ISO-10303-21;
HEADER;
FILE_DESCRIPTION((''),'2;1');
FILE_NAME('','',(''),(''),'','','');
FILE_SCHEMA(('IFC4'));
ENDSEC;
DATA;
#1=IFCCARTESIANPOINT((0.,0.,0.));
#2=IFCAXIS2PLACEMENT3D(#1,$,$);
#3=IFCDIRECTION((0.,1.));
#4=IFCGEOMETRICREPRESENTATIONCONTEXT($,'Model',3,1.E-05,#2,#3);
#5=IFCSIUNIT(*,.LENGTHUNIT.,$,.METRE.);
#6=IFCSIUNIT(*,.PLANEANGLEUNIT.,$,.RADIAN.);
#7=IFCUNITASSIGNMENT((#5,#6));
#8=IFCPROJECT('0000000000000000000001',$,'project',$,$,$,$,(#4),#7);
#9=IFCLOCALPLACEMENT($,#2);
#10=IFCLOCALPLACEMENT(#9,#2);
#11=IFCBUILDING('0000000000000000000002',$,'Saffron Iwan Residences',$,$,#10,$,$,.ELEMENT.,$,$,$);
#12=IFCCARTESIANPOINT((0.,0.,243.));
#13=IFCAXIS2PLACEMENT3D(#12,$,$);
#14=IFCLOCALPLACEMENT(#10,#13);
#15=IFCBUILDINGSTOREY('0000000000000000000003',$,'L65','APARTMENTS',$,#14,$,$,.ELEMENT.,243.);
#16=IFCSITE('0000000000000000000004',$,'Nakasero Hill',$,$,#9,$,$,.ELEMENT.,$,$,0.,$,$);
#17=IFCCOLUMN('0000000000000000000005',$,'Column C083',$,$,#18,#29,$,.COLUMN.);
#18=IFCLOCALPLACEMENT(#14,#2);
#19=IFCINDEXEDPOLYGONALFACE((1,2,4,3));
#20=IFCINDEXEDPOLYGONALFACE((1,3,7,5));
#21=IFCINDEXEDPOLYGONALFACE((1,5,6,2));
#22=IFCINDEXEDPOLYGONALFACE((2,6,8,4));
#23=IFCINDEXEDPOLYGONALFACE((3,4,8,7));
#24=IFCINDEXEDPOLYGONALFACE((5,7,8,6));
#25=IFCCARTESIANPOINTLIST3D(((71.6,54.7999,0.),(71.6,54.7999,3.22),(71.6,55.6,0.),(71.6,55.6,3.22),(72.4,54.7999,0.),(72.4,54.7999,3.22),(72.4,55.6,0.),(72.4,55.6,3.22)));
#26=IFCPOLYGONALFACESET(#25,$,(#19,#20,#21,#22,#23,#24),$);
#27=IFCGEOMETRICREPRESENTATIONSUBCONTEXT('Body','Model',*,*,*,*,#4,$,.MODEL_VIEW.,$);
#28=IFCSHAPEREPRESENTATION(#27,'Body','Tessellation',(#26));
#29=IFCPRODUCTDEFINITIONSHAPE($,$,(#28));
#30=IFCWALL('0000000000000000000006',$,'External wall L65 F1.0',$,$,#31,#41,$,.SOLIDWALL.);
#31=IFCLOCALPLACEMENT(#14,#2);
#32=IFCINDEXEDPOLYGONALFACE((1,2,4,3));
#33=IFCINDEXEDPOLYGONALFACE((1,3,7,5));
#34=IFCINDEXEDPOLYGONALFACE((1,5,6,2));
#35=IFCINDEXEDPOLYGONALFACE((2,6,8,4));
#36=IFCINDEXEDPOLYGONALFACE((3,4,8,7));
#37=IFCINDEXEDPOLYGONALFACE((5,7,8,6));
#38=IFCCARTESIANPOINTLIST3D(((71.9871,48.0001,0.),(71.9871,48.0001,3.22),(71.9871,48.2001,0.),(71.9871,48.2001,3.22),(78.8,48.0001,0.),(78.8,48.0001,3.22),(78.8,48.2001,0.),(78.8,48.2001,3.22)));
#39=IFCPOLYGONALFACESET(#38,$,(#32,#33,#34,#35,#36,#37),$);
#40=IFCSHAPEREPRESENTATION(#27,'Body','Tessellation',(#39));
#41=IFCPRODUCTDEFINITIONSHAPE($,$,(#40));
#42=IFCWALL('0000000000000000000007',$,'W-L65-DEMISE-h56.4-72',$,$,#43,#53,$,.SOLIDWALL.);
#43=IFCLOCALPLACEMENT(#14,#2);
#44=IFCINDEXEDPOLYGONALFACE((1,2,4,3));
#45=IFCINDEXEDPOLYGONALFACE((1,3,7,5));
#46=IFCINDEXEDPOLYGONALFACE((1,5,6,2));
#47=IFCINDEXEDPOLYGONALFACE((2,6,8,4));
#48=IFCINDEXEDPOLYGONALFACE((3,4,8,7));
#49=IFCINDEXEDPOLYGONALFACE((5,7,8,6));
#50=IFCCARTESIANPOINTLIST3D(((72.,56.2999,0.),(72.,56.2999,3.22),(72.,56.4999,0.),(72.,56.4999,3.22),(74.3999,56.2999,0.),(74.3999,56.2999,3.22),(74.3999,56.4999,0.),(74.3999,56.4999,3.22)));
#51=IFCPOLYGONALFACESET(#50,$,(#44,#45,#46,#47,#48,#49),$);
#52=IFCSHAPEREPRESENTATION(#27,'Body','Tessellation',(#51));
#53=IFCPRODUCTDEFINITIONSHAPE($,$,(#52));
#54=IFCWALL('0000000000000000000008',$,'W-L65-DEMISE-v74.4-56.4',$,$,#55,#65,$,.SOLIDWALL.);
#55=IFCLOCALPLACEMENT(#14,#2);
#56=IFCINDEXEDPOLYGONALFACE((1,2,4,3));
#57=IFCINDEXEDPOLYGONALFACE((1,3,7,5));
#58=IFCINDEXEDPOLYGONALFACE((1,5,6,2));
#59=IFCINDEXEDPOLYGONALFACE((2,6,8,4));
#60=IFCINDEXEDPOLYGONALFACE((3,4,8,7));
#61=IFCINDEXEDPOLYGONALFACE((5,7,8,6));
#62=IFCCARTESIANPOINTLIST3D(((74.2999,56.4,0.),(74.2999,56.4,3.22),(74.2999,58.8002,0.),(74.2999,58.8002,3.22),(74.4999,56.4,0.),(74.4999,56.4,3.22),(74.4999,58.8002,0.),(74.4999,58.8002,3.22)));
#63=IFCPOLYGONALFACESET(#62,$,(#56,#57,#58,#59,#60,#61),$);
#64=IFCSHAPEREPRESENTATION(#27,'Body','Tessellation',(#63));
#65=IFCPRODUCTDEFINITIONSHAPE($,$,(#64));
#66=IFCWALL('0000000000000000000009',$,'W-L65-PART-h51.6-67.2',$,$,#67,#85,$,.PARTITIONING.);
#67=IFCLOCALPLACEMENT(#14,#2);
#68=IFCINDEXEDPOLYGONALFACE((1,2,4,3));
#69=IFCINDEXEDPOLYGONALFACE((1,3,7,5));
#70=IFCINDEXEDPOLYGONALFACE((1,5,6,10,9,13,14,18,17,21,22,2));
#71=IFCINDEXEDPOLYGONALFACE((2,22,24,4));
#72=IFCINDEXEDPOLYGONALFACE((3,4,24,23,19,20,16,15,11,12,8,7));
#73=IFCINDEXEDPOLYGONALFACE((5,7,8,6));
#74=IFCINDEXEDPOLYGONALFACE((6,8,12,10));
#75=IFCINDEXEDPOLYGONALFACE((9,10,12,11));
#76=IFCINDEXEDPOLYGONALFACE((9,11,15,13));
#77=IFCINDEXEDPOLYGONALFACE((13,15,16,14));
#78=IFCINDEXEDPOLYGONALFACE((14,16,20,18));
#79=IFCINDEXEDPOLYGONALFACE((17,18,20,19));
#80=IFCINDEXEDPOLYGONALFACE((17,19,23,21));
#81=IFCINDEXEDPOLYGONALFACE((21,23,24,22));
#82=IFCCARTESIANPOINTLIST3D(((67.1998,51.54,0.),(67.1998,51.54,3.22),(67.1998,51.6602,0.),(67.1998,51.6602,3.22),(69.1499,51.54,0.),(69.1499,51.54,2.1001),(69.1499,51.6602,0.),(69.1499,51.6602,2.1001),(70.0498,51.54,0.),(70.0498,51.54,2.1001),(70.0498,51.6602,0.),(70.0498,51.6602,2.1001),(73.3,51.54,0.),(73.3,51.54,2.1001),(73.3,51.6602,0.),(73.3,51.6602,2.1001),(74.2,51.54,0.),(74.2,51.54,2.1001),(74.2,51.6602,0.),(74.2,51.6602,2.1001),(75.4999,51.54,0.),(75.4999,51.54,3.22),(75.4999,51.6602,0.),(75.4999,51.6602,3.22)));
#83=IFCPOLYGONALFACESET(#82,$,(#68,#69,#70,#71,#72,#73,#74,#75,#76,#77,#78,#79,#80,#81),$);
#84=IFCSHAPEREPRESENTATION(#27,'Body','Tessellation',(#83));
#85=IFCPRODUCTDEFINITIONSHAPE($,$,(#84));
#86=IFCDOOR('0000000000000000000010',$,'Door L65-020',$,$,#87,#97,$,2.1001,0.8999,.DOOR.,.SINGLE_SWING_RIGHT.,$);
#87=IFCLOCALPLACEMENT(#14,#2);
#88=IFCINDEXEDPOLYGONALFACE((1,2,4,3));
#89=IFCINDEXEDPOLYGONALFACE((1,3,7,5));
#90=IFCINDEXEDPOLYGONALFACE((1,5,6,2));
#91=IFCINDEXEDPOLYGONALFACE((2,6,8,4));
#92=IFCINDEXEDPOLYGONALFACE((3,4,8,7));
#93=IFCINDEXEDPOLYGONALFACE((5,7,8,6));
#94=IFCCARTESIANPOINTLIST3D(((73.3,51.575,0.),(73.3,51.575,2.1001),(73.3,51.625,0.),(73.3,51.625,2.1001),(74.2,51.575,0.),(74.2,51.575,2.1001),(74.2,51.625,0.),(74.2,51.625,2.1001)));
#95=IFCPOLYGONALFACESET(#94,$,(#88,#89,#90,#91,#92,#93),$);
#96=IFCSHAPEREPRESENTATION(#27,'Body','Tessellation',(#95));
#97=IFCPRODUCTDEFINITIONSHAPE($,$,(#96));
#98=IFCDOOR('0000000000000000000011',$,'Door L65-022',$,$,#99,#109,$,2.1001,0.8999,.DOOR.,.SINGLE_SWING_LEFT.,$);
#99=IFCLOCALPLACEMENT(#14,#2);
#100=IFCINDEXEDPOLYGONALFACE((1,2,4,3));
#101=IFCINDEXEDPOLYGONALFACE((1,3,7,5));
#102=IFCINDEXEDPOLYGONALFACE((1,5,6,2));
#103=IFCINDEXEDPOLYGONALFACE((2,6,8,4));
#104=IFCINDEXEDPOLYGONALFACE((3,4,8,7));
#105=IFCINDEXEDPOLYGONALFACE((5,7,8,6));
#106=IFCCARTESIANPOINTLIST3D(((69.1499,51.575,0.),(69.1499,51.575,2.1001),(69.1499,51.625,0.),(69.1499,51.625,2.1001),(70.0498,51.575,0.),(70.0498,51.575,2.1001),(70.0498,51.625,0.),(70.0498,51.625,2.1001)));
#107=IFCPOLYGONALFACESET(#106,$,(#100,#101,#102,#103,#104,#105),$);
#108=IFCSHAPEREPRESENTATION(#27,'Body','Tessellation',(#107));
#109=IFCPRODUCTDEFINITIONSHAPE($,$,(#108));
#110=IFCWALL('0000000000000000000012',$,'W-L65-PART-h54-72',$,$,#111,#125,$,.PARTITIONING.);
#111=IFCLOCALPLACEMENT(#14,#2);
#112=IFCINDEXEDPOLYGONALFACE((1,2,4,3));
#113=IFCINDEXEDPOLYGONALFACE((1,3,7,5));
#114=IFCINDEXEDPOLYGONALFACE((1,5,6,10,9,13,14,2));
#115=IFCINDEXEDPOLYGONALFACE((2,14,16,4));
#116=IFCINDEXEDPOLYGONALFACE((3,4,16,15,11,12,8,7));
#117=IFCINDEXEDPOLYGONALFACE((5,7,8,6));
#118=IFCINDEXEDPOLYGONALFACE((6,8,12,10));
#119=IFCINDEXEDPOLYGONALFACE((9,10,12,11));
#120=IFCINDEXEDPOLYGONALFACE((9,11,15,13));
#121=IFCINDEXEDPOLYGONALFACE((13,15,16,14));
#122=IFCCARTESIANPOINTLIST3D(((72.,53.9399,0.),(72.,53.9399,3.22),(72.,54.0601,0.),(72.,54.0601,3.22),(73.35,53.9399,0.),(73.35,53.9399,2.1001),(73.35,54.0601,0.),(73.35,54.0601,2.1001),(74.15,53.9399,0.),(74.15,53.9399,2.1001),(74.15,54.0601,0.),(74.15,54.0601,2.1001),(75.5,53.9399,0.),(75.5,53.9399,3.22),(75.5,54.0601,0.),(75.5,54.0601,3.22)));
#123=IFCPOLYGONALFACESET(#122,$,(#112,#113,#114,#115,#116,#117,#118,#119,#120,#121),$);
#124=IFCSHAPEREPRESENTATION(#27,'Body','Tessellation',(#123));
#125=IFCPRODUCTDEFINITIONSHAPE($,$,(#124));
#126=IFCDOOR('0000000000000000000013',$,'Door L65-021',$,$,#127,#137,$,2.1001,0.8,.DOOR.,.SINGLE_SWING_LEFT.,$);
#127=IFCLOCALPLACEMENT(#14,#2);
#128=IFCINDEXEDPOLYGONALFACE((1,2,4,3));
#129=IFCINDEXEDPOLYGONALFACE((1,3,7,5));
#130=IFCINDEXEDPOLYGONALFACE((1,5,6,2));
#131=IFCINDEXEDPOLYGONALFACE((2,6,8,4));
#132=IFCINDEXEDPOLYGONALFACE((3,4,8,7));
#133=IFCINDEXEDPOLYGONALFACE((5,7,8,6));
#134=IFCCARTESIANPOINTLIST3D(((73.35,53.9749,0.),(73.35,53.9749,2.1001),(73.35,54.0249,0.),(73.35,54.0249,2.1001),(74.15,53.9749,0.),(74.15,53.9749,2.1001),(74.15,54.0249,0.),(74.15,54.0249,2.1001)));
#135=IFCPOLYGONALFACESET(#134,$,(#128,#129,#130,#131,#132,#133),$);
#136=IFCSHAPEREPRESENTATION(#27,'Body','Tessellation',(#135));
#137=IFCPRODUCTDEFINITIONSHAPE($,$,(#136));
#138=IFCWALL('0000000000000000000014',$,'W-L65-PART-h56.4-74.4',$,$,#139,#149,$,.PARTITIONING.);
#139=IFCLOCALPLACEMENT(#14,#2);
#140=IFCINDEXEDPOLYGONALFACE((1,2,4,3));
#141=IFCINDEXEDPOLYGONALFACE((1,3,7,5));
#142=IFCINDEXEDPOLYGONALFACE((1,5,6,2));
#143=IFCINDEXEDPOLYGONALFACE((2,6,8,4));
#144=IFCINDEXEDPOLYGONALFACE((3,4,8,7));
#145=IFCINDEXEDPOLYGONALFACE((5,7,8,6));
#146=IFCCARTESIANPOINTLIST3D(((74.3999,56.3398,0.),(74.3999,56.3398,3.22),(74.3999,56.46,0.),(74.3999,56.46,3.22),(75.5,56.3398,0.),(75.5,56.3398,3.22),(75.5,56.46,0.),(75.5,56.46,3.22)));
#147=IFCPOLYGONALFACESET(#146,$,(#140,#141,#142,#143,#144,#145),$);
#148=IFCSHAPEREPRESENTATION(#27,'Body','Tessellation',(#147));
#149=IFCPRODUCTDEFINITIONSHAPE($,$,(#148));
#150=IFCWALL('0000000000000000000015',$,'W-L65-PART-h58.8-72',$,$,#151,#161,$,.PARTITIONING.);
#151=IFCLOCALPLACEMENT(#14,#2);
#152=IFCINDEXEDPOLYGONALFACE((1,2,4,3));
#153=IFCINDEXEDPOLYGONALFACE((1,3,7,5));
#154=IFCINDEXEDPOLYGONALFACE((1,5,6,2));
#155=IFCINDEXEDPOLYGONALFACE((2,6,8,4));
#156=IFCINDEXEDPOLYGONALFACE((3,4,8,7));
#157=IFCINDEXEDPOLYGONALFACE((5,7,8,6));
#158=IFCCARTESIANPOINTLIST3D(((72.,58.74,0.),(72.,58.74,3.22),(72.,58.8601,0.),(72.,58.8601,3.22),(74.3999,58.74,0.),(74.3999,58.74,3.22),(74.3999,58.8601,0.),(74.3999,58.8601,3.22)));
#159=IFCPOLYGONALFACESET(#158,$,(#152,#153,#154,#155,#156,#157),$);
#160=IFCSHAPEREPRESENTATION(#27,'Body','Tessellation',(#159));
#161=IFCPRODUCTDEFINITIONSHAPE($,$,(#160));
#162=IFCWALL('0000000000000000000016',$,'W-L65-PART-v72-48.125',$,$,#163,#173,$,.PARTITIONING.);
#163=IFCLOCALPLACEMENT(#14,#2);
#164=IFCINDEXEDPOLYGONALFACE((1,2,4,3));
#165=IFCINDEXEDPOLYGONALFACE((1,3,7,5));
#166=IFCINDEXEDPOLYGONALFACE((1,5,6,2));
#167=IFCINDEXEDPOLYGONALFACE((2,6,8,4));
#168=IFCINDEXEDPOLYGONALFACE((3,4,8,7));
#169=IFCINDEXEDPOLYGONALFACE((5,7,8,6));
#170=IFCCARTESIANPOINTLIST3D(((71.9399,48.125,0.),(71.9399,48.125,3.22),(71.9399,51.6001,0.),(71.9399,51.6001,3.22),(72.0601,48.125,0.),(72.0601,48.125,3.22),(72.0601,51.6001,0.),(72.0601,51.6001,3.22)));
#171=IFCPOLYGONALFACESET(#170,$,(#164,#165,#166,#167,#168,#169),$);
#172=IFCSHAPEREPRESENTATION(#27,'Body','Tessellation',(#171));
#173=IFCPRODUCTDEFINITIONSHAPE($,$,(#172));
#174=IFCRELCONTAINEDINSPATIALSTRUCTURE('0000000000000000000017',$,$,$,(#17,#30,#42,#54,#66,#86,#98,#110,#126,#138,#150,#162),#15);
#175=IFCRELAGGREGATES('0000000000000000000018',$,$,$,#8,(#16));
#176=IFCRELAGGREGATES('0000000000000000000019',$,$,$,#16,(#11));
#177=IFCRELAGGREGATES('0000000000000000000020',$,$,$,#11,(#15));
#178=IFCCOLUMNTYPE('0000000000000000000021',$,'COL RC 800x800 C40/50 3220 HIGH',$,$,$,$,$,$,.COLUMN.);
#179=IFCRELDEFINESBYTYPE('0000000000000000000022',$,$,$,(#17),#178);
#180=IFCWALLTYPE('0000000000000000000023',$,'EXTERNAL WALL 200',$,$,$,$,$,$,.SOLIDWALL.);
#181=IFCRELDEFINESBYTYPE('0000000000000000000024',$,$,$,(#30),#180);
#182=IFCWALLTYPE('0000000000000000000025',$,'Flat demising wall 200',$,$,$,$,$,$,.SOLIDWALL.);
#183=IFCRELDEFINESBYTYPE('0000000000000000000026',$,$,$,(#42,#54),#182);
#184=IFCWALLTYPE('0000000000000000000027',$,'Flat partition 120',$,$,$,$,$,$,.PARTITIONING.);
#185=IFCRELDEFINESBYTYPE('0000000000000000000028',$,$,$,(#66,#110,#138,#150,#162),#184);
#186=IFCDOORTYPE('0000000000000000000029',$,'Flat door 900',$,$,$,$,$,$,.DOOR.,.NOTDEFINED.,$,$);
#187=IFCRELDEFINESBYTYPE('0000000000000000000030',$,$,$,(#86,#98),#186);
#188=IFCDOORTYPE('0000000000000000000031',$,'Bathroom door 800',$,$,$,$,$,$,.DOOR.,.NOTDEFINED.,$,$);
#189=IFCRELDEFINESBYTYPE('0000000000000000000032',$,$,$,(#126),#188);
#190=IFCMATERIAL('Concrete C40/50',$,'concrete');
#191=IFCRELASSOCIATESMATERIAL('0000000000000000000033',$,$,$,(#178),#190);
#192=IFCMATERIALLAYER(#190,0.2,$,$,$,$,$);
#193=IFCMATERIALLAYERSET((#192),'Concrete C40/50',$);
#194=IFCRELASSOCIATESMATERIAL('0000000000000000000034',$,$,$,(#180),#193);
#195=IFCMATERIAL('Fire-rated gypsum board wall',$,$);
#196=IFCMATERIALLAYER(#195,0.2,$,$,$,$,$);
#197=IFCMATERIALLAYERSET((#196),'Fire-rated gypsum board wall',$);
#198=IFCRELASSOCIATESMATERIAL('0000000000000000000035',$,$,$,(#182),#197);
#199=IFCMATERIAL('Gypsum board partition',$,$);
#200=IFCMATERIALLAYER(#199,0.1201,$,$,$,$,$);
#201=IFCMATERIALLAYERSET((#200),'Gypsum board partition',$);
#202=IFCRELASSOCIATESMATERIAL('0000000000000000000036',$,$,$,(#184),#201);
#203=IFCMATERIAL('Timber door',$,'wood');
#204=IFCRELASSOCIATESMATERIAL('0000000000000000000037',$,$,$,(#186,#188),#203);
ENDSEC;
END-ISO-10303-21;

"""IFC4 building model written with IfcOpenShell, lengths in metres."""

from ifc_helpers import new_model, si_unit, direction, frame, frame_2d, origin, origin_2d, place, context, subcontext, project, spatial, rectangle, extrude, source, transform, mapped, material, layer, layer_set, material_profile, profile_set, type_object, element, fill, save


model = new_model("IFC4")

# Units and contexts
model_context = context("Model", 3, precision=1e-05, world=origin(), true_north=direction((0.0, 1.0)))
body_context = subcontext(model_context, "Body", "Model", "MODEL_VIEW")
ifc_project = project(units=[si_unit("LENGTHUNIT", "METRE"), si_unit("PLANEANGLEUNIT", "RADIAN")], contexts=[model_context])

# Site, building, storey
site_placement = place(None, origin())
site = spatial("IfcSite", under=ifc_project, at=site_placement, Name="Nakasero Hill", CompositionType="ELEMENT", RefElevation=0.0)
building_placement = place(site_placement, origin())
building = spatial("IfcBuilding", under=site, at=building_placement, Name="Saffron Iwan Residences", CompositionType="ELEMENT")
storey_placement = place(building_placement, frame((0.0, 0.0, 243.0)))
storey = spatial("IfcBuildingStorey", under=building, at=storey_placement, Name="L65", Description="APARTMENTS", CompositionType="ELEMENT", Elevation=243.0)

# Column
ifc_material_1 = material(Name="Concrete C40/50", Category="concrete")
ifc_material_profile = material_profile(ifc_material_1, rectangle(XDim=0.8, YDim=0.8, at=origin_2d()), Name="RC 800x800")
ifc_profile_set = profile_set([ifc_material_profile], Name="Concrete C40/50")
column_type = type_object("IfcColumnType", Name="COL RC 800x800 C40/50 3220 HIGH", PredefinedType="COLUMN", material=ifc_profile_set)
shared_shape = source(origin(), body_context, "Body", "SweptSolid", [
    extrude(rectangle(XDim=0.8, YDim=0.8, at=origin_2d()), origin(), (0.0, 0.0, 1.0), 3.22),
])
column_placement = place(storey_placement, frame((72.0, 55.2, 0.0), z_axis=(0.0, 0.0, 1.0), x_axis=(1.0, 0.0, 0.0)))
element("IfcColumn", 1, at=column_placement, inside=storey, type_object=column_type, Name="Column C083", PredefinedType="COLUMN", context=body_context, shape_type="MappedRepresentation", body=[
    mapped(shared_shape, transform((0.0, 0.0, 0.0))),
])

# Walls
ifc_layer_1 = layer(ifc_material_1, 0.2)
ifc_layer_set_1 = layer_set([ifc_layer_1], Name="Concrete C40/50")
wall_type_1 = type_object("IfcWallType", Name="EXTERNAL WALL 200", PredefinedType="SOLIDWALL", material=ifc_layer_set_1)
wall_1_placement = place(storey_placement, frame((71.9871, 48.1001, 0.0), z_axis=(0.0, 0.0, 1.0), x_axis=(1.0, 0.0, 0.0)))
element("IfcWall", 2, at=wall_1_placement, inside=storey, type_object=wall_type_1, Name="External wall L65 F1.0", PredefinedType="SOLIDWALL", context=body_context, shape_type="SweptSolid", body=[
    extrude(rectangle(XDim=6.813, YDim=0.2, at=frame_2d((3.4065, 0.0))), origin(), (0.0, 0.0, 1.0), 3.22),
])
ifc_material_2 = material(Name="Fire-rated gypsum board wall")
ifc_layer_2 = layer(ifc_material_2, 0.2)
ifc_layer_set_2 = layer_set([ifc_layer_2], Name="Fire-rated gypsum board wall")
wall_type_2 = type_object("IfcWallType", Name="Flat demising wall 200", PredefinedType="SOLIDWALL", material=ifc_layer_set_2)
wall_2_placement = place(storey_placement, frame((72.0, 56.3999, 0.0), z_axis=(0.0, 0.0, 1.0), x_axis=(1.0, 0.0, 0.0)))
element("IfcWall", 3, at=wall_2_placement, inside=storey, type_object=wall_type_2, Name="W-L65-DEMISE-h56.4-72", PredefinedType="SOLIDWALL", context=body_context, shape_type="SweptSolid", body=[
    extrude(rectangle(XDim=2.3999, YDim=0.2, at=frame_2d((1.2, 0.0))), origin(), (0.0, 0.0, 1.0), 3.22),
])
wall_3_placement = place(storey_placement, frame((74.3999, 56.3999, 0.0), z_axis=(0.0, 0.0, 1.0), x_axis=(0.0, 1.0, 0.0)))
element("IfcWall", 4, at=wall_3_placement, inside=storey, type_object=wall_type_2, Name="W-L65-DEMISE-v74.4-56.4", PredefinedType="SOLIDWALL", context=body_context, shape_type="SweptSolid", body=[
    extrude(rectangle(XDim=2.4001, YDim=0.2, at=frame_2d((1.2002, 0.0))), origin(), (0.0, 0.0, 1.0), 3.22),
])

# Wall, openings, doors
ifc_material_3 = material(Name="Gypsum board partition")
ifc_layer_3 = layer(ifc_material_3, 0.1201)
ifc_layer_set_3 = layer_set([ifc_layer_3], Name="Gypsum board partition")
wall_type_3 = type_object("IfcWallType", Name="Flat partition 120", PredefinedType="PARTITIONING", material=ifc_layer_set_3)
wall_4_placement = place(storey_placement, frame((67.2, 51.6001, 0.0), z_axis=(0.0, 0.0, 1.0), x_axis=(1.0, 0.0, 0.0)))
wall_4 = element("IfcWall", 5, at=wall_4_placement, inside=storey, type_object=wall_type_3, Name="W-L65-PART-h51.6-67.2", PredefinedType="PARTITIONING", context=body_context, shape_type="SweptSolid", body=[
    extrude(rectangle(XDim=8.3, YDim=0.1201, at=frame_2d((4.1499, 0.0))), origin(), (0.0, 0.0, 1.0), 3.22),
])
opening_1_placement = place(wall_4_placement, frame((6.1001, 0.0, 0.0)))
opening_1 = element("IfcOpeningElement", 6, at=opening_1_placement, cuts=wall_4, PredefinedType="OPENING", context=body_context, shape_type="SweptSolid", body=[
    extrude(rectangle(XDim=0.8999, YDim=2.1001, at=frame_2d((0.45, 1.05))), frame((0.0, 0.0701, 0.0), z_axis=(0.0, -1.0, 0.0), x_axis=(1.0, 0.0, 0.0)), (0.0, 0.0, 1.0), 0.1401),
])
opening_2_placement = place(wall_4_placement, frame((1.95, 0.0, 0.0)))
opening_2 = element("IfcOpeningElement", 7, at=opening_2_placement, cuts=wall_4, PredefinedType="OPENING", context=body_context, shape_type="SweptSolid", body=[
    extrude(rectangle(XDim=0.8999, YDim=2.1001, at=frame_2d((0.45, 1.05))), frame((0.0, 0.0701, 0.0), z_axis=(0.0, -1.0, 0.0), x_axis=(1.0, 0.0, 0.0)), (0.0, 0.0, 1.0), 0.1401),
])
ifc_material_4 = material(Name="Timber door", Category="wood")
door_type_1 = type_object("IfcDoorType", Name="Flat door 900", OperationType="NOTDEFINED", PredefinedType="DOOR", material=ifc_material_4)
door_1_placement = place(opening_1_placement, origin())
door_1 = element("IfcDoor", 8, at=door_1_placement, inside=storey, type_object=door_type_1, Name="Door L65-020", OperationType="SINGLE_SWING_RIGHT", OverallHeight=2.1001, OverallWidth=0.8999, PredefinedType="DOOR", context=body_context, shape_type="SweptSolid", body=[
    extrude(rectangle(XDim=0.8999, YDim=2.1001, at=frame_2d((0.45, 1.05))), frame((0.0, 0.0249, 0.0), z_axis=(0.0, -1.0, 0.0), x_axis=(1.0, 0.0, 0.0)), (0.0, 0.0, 1.0), 0.05),
])
fill(opening_1, door_1)
door_2_placement = place(opening_2_placement, origin())
door_2 = element("IfcDoor", 9, at=door_2_placement, inside=storey, type_object=door_type_1, Name="Door L65-022", OperationType="SINGLE_SWING_LEFT", OverallHeight=2.1001, OverallWidth=0.8999, PredefinedType="DOOR", context=body_context, shape_type="SweptSolid", body=[
    extrude(rectangle(XDim=0.8999, YDim=2.1001, at=frame_2d((0.45, 1.05))), frame((0.0, 0.0249, 0.0), z_axis=(0.0, -1.0, 0.0), x_axis=(1.0, 0.0, 0.0)), (0.0, 0.0, 1.0), 0.05),
])
fill(opening_2, door_2)

# Wall, opening, door
wall_5_placement = place(storey_placement, frame((72.0, 54.0, 0.0), z_axis=(0.0, 0.0, 1.0), x_axis=(1.0, 0.0, 0.0)))
wall_5 = element("IfcWall", 10, at=wall_5_placement, inside=storey, type_object=wall_type_3, Name="W-L65-PART-h54-72", PredefinedType="PARTITIONING", context=body_context, shape_type="SweptSolid", body=[
    extrude(rectangle(XDim=3.5, YDim=0.1201, at=frame_2d((1.75, 0.0))), origin(), (0.0, 0.0, 1.0), 3.22),
])
opening_3_placement = place(wall_5_placement, frame((1.3501, 0.0, 0.0)))
opening_3 = element("IfcOpeningElement", 11, at=opening_3_placement, cuts=wall_5, PredefinedType="OPENING", context=body_context, shape_type="SweptSolid", body=[
    extrude(rectangle(XDim=0.8, YDim=2.1001, at=frame_2d((0.3999, 1.05))), frame((0.0, 0.0701, 0.0), z_axis=(0.0, -1.0, 0.0), x_axis=(1.0, 0.0, 0.0)), (0.0, 0.0, 1.0), 0.1401),
])
door_type_2 = type_object("IfcDoorType", Name="Bathroom door 800", OperationType="NOTDEFINED", PredefinedType="DOOR", material=ifc_material_4)
door_3_placement = place(opening_3_placement, origin())
door_3 = element("IfcDoor", 12, at=door_3_placement, inside=storey, type_object=door_type_2, Name="Door L65-021", OperationType="SINGLE_SWING_LEFT", OverallHeight=2.1001, OverallWidth=0.8, PredefinedType="DOOR", context=body_context, shape_type="SweptSolid", body=[
    extrude(rectangle(XDim=0.8, YDim=2.1001, at=frame_2d((0.3999, 1.05))), frame((0.0, 0.0249, 0.0), z_axis=(0.0, -1.0, 0.0), x_axis=(1.0, 0.0, 0.0)), (0.0, 0.0, 1.0), 0.05),
])
fill(opening_3, door_3)

# Walls
wall_6_placement = place(storey_placement, frame((74.3999, 56.3999, 0.0), z_axis=(0.0, 0.0, 1.0), x_axis=(1.0, 0.0, 0.0)))
element("IfcWall", 13, at=wall_6_placement, inside=storey, type_object=wall_type_3, Name="W-L65-PART-h56.4-74.4", PredefinedType="PARTITIONING", context=body_context, shape_type="SweptSolid", body=[
    extrude(rectangle(XDim=1.1001, YDim=0.1201, at=frame_2d((0.55, 0.0))), origin(), (0.0, 0.0, 1.0), 3.22),
])
wall_7_placement = place(storey_placement, frame((72.0, 58.8, 0.0), z_axis=(0.0, 0.0, 1.0), x_axis=(1.0, 0.0, 0.0)))
element("IfcWall", 14, at=wall_7_placement, inside=storey, type_object=wall_type_3, Name="W-L65-PART-h58.8-72", PredefinedType="PARTITIONING", context=body_context, shape_type="SweptSolid", body=[
    extrude(rectangle(XDim=2.3999, YDim=0.1201, at=frame_2d((1.2, 0.0))), origin(), (0.0, 0.0, 1.0), 3.22),
])
wall_8_placement = place(storey_placement, frame((72.0, 48.125, 0.0), z_axis=(0.0, 0.0, 1.0), x_axis=(0.0, 1.0, 0.0)))
element("IfcWall", 15, at=wall_8_placement, inside=storey, type_object=wall_type_3, Name="W-L65-PART-v72-48.125", PredefinedType="PARTITIONING", context=body_context, shape_type="SweptSolid", body=[
    extrude(rectangle(XDim=3.4751, YDim=0.1201, at=frame_2d((1.7375, 0.0))), origin(), (0.0, 0.0, 1.0), 3.22),
])

save(model, "model.ifc")
